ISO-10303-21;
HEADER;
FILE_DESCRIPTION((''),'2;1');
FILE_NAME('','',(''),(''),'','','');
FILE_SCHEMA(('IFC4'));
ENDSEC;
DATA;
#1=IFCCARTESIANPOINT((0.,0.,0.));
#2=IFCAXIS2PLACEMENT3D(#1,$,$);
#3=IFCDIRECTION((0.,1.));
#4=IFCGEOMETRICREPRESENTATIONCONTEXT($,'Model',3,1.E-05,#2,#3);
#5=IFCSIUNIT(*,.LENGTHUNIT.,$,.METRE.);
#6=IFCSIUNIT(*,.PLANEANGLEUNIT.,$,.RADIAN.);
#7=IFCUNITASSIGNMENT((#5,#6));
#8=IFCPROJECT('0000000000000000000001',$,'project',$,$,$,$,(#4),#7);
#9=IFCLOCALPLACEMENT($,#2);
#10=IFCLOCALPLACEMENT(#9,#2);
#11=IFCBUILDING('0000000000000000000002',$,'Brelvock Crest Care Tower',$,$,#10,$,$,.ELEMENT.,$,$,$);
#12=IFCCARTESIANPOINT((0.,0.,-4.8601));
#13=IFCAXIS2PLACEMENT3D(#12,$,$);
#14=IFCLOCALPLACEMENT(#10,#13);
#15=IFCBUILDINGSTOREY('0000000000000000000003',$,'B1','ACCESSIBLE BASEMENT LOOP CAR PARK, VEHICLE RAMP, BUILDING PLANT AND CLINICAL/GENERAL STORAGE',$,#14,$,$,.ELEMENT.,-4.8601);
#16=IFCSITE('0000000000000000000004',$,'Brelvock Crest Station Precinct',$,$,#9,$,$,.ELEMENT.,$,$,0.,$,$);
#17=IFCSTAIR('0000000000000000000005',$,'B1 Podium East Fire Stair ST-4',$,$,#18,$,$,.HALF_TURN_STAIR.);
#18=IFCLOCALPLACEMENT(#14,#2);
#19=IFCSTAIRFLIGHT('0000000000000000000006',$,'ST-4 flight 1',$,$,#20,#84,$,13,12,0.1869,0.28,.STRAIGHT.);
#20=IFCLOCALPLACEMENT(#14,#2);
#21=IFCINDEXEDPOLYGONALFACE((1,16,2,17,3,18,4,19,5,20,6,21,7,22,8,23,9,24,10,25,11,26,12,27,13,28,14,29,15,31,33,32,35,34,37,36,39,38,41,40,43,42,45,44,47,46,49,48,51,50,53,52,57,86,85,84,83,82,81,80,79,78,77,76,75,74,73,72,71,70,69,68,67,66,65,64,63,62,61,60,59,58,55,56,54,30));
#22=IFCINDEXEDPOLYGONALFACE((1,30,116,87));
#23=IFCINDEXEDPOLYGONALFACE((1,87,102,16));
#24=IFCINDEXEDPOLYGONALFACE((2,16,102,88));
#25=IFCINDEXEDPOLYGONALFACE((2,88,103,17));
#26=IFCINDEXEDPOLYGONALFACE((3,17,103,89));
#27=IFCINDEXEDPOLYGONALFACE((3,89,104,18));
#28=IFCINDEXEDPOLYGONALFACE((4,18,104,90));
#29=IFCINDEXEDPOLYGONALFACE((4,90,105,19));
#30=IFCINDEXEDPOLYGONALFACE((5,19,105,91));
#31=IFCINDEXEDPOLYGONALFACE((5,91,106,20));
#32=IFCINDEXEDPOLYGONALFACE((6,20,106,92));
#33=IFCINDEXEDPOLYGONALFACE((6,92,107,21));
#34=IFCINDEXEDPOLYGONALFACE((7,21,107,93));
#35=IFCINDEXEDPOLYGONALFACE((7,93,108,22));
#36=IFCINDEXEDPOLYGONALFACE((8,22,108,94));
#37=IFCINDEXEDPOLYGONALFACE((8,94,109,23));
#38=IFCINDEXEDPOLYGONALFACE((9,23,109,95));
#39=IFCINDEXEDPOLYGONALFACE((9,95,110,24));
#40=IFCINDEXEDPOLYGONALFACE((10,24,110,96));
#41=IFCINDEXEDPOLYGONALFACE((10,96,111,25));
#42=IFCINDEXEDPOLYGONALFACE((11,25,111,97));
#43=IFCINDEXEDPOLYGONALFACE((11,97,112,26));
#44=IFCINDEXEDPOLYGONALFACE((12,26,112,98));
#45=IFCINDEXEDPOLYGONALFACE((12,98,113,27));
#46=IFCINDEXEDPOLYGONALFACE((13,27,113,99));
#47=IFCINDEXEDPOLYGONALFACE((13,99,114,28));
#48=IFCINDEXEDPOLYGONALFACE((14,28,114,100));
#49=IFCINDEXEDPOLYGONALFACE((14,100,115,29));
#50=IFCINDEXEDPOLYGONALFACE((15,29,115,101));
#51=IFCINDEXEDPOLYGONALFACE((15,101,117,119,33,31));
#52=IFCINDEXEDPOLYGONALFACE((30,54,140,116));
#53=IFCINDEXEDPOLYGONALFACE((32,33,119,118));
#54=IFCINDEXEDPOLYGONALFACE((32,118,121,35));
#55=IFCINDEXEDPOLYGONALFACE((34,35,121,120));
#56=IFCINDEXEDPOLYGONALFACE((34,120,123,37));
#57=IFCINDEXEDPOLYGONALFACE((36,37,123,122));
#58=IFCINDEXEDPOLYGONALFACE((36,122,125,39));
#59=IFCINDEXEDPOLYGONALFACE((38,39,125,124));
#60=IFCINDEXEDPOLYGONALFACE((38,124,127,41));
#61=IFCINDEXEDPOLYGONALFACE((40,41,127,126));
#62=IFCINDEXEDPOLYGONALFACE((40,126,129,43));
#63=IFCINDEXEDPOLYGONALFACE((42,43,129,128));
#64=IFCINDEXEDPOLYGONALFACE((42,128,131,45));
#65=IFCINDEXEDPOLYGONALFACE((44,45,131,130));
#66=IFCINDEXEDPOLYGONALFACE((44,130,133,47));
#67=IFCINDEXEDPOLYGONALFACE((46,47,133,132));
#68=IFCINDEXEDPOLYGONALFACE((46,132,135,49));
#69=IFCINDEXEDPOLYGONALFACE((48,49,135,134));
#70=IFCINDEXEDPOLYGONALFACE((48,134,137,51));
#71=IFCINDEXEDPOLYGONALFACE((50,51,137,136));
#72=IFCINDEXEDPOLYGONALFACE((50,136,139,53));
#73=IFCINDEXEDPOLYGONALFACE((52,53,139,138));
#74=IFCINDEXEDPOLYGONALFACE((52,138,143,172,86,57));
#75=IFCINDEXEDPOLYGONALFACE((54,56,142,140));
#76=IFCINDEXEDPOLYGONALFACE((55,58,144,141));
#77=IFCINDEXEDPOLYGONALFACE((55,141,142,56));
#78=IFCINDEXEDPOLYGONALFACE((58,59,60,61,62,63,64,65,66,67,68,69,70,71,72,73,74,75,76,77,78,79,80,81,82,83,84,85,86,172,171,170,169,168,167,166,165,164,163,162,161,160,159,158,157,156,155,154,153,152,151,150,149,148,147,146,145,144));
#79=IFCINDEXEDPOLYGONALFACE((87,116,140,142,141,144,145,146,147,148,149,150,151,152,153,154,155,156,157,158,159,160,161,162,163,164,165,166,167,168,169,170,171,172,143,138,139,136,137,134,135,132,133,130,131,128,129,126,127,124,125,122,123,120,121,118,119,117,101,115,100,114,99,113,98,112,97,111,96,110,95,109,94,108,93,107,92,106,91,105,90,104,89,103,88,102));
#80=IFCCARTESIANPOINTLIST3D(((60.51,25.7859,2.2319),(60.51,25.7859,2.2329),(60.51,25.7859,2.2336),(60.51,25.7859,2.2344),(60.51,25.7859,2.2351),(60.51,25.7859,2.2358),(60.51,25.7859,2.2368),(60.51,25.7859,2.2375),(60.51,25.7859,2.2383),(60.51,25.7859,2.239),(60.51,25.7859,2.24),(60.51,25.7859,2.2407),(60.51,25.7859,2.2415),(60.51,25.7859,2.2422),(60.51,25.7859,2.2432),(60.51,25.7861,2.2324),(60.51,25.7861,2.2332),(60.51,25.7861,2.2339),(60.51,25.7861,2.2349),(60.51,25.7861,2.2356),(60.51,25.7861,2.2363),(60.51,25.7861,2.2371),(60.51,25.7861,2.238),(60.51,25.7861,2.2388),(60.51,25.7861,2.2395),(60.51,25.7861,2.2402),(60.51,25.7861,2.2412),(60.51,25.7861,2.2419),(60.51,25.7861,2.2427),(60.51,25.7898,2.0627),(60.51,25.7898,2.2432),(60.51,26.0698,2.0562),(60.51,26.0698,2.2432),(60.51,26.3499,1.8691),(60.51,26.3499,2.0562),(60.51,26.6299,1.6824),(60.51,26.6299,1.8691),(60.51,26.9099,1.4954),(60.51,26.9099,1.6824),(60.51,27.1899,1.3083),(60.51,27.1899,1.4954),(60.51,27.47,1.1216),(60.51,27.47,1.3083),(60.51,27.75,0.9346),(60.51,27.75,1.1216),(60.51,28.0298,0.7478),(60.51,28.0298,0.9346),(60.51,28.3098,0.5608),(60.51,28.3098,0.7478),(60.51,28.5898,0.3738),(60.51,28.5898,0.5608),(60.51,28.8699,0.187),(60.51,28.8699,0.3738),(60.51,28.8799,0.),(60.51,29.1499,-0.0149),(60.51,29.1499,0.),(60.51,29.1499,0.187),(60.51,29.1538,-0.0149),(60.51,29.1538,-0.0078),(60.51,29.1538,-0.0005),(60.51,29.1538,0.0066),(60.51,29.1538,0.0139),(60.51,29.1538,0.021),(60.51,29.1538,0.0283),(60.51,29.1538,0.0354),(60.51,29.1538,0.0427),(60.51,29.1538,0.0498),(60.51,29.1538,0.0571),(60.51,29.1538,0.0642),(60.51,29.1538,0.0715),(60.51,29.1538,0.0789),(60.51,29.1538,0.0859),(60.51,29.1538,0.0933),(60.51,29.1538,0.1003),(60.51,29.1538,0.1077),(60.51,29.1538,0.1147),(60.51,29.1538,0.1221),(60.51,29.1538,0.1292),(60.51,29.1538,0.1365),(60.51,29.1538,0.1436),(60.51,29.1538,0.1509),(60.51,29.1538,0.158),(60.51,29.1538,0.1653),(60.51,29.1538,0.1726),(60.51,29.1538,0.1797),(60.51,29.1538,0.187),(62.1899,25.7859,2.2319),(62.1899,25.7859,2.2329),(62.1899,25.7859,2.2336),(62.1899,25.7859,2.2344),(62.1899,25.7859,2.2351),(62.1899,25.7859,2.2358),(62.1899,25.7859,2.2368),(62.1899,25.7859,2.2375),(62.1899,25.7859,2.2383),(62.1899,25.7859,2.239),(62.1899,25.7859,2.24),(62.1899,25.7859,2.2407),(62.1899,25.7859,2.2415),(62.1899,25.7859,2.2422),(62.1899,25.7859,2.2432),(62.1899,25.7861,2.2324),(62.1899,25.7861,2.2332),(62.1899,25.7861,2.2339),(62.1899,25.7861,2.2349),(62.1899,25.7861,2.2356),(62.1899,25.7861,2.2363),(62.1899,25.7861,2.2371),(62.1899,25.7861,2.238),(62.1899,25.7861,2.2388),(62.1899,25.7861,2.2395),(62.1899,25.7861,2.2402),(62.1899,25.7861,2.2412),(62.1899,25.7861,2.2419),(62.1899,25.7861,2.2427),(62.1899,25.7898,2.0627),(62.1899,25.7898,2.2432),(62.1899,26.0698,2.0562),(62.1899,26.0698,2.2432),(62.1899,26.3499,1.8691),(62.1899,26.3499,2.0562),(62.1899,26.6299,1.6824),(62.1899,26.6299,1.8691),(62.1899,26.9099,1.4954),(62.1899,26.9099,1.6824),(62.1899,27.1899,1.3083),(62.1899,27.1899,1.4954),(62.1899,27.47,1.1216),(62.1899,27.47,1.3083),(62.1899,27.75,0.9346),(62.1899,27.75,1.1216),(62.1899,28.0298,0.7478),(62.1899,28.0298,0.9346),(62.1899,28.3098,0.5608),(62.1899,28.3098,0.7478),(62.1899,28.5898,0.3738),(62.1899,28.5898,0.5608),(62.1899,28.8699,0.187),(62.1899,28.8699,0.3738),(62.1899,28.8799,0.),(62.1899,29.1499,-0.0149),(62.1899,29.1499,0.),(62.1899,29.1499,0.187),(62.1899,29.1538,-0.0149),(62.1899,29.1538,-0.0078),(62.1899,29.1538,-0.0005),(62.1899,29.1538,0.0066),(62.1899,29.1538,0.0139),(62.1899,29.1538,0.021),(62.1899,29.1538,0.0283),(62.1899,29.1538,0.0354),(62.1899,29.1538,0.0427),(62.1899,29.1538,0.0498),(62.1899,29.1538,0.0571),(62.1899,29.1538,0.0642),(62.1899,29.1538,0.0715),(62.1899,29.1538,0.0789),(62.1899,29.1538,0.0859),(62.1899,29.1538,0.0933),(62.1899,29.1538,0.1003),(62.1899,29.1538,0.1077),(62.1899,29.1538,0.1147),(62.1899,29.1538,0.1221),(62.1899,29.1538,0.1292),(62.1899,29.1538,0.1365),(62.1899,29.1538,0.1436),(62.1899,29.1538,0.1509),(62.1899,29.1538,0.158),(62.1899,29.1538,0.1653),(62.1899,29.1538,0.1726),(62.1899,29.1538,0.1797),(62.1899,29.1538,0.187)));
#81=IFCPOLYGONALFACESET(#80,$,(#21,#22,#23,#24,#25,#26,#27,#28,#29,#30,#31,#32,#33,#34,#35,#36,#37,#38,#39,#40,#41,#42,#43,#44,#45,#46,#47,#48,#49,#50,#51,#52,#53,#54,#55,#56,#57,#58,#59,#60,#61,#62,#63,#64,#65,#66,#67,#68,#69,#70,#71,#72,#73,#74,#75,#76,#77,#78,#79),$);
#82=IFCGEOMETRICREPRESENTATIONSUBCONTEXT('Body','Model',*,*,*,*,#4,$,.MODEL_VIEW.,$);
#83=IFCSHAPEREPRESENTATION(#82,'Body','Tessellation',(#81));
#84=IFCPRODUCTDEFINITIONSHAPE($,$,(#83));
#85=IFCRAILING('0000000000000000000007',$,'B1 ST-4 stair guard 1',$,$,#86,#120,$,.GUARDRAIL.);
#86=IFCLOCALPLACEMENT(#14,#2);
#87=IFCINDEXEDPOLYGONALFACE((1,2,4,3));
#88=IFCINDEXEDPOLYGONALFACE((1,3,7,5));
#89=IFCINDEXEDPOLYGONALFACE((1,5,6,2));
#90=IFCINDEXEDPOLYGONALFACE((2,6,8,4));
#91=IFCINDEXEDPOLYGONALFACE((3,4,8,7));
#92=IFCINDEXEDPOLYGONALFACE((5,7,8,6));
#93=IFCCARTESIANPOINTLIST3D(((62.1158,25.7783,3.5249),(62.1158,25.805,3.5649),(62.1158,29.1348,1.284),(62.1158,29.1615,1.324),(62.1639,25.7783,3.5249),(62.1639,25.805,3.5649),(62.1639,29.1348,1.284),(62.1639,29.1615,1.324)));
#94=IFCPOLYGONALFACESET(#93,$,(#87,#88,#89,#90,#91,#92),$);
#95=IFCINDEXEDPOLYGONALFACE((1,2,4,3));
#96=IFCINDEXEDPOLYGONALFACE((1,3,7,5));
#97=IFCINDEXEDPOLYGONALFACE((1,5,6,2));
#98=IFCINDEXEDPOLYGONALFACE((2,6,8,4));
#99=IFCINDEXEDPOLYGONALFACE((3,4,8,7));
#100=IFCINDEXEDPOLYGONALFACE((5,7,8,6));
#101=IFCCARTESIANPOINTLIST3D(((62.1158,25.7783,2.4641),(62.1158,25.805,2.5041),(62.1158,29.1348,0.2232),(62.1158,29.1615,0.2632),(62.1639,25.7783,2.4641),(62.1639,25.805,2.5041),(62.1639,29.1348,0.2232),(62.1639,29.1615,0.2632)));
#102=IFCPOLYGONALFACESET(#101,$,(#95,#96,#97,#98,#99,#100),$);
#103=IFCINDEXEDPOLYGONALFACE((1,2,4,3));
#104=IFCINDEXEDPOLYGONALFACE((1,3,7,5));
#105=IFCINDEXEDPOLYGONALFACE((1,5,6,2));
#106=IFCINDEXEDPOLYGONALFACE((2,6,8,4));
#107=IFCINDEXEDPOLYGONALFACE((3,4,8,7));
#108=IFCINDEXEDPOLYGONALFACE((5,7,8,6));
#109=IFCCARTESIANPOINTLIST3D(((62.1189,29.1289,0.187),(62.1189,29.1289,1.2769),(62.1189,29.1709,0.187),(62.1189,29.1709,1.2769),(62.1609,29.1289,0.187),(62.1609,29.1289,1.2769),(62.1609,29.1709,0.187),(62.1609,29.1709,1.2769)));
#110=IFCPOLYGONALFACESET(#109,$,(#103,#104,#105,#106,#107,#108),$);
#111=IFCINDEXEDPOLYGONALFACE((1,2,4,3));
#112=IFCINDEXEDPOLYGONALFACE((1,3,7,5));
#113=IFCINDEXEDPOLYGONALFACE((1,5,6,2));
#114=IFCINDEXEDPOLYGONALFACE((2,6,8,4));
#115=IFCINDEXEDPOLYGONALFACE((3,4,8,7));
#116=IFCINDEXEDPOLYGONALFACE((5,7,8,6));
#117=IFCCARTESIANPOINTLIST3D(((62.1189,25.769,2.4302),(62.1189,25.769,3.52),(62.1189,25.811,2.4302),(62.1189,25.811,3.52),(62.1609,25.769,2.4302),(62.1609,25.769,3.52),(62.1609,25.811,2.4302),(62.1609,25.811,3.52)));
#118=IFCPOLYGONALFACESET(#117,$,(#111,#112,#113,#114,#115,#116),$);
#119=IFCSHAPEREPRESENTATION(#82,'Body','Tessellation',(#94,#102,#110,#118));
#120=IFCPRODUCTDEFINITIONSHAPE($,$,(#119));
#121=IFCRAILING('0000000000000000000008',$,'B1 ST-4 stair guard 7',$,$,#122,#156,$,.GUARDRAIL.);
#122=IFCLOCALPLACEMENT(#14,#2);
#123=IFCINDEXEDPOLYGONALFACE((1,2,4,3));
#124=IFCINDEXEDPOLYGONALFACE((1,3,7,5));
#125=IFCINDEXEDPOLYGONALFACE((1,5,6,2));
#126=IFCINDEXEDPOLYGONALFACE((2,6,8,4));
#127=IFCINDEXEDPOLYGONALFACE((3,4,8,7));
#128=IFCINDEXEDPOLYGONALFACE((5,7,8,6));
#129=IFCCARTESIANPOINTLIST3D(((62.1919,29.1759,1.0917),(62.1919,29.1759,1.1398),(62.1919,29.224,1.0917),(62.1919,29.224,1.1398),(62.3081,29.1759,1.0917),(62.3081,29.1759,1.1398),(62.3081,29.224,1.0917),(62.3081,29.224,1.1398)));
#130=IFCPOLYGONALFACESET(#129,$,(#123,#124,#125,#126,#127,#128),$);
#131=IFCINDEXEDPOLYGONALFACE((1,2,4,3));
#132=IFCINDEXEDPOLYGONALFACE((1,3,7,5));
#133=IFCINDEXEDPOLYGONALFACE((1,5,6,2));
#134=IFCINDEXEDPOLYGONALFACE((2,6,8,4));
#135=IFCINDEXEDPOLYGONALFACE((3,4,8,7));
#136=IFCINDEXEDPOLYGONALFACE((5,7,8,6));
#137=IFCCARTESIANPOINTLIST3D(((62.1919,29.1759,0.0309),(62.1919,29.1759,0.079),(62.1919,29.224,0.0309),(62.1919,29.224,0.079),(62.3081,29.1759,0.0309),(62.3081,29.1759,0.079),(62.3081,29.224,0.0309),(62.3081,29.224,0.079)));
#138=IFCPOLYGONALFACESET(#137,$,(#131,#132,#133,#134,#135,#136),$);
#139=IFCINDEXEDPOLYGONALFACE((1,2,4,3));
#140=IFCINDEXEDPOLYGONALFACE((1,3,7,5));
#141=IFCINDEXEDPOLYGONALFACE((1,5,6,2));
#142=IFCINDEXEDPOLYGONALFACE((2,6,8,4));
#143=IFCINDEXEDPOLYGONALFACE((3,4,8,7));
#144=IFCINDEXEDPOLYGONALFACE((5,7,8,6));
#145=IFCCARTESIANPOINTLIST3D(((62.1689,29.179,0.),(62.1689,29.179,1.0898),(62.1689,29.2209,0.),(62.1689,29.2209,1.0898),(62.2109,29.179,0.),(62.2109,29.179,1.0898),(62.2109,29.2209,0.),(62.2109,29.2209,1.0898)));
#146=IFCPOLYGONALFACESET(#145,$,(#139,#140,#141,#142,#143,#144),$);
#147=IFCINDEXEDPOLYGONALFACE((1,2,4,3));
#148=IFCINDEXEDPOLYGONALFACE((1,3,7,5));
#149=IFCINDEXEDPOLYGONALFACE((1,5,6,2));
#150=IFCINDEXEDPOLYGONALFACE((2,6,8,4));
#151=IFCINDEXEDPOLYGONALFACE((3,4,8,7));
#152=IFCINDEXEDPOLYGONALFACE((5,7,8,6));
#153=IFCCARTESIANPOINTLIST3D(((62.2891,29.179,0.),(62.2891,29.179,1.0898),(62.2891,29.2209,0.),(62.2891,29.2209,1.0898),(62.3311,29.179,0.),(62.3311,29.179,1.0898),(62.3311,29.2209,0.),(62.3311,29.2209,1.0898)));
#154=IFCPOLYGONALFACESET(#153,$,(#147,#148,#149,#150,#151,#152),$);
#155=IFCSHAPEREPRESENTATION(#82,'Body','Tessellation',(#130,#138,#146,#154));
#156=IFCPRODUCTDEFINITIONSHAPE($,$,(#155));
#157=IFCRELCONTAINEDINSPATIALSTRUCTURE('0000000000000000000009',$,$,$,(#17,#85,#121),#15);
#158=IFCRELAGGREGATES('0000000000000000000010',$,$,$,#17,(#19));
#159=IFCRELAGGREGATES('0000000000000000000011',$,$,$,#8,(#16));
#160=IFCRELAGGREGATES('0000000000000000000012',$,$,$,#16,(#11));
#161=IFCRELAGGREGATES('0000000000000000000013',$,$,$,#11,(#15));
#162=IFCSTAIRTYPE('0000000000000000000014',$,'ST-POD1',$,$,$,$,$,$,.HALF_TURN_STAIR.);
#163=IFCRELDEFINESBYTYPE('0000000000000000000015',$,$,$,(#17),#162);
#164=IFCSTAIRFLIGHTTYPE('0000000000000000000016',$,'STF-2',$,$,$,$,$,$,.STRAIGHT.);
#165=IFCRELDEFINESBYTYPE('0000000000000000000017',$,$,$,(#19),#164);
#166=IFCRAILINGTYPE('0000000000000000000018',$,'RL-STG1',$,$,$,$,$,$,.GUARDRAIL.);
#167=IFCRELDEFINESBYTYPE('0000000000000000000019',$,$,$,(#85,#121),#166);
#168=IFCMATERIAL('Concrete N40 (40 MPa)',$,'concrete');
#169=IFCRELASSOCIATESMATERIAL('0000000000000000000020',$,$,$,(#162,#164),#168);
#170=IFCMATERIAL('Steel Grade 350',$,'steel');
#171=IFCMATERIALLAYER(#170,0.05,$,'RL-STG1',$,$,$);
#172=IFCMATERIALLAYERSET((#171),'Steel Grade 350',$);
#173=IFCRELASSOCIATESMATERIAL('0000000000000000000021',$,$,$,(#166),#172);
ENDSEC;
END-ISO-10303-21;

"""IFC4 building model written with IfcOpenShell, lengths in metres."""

from ifc_helpers import new_model, si_unit, direction, frame, origin, origin_2d, place, context, subcontext, project, spatial, polyline, rectangle, outline, extrude, material, layer, layer_set, type_object, element, aggregate, save


model = new_model("IFC4")

# Units and contexts
model_context = context("Model", 3, precision=1e-05, world=origin(), true_north=direction((0.0, 1.0)))
body_context = subcontext(model_context, "Body", "Model", "MODEL_VIEW")
ifc_project = project(units=[si_unit("LENGTHUNIT", "METRE"), si_unit("PLANEANGLEUNIT", "RADIAN")], contexts=[model_context])

# Site, building, storey
site_placement = place(None, origin())
site = spatial("IfcSite", under=ifc_project, at=site_placement, Name="Brelvock Crest Station Precinct", CompositionType="ELEMENT", RefElevation=0.0)
building_placement = place(site_placement, origin())
building = spatial("IfcBuilding", under=site, at=building_placement, Name="Brelvock Crest Care Tower", CompositionType="ELEMENT")
storey_placement = place(building_placement, frame((0.0, 0.0, -4.8601)))
storey = spatial("IfcBuildingStorey", under=building, at=storey_placement, Name="B1", Description="ACCESSIBLE BASEMENT LOOP CAR PARK, VEHICLE RAMP, BUILDING PLANT AND CLINICAL/GENERAL STORAGE", CompositionType="ELEMENT", Elevation=-4.8601)

# Shared definitions
ifc_material_1 = material(Name="Steel Grade 350", Category="steel")

# Stair, stair flight
ifc_material_2 = material(Name="Concrete N40 (40 MPa)", Category="concrete")
stair_type = type_object("IfcStairType", Name="ST-POD1", PredefinedType="HALF_TURN_STAIR", material=ifc_material_2)
stair_placement = place(storey_placement, origin())
stair = element("IfcStair", 1, at=stair_placement, inside=storey, type_object=stair_type, Name="B1 Podium East Fire Stair ST-4", PredefinedType="HALF_TURN_STAIR")
stair_flight_type = type_object("IfcStairFlightType", Name="STF-2", PredefinedType="STRAIGHT", material=ifc_material_2)
stair_flight_placement = place(storey_placement, frame((61.3501, 29.1499, 0.0), z_axis=(0.0, 0.0, 1.0), x_axis=(0.0, -1.0, 0.0)))
stair_flight = element("IfcStairFlight", 2, at=stair_flight_placement, type_object=stair_flight_type, Name="ST-4 flight 1", NumberOfRisers=13, NumberOfTreads=12, PredefinedType="STRAIGHT", RiserHeight=0.1869, TreadLength=0.28, context=body_context, shape_type="SweptSolid", body=[
    extrude(outline(polyline([(-0.0039, -0.0149), (-0.0039, -0.0078), (-0.0039, -0.0005), (-0.0039, 0.0066), (-0.0039, 0.0139), (-0.0039, 0.021), (-0.0039, 0.0283), (-0.0039, 0.0354), (-0.0039, 0.0427), (-0.0039, 0.0498), (-0.0039, 0.0571), (-0.0039, 0.0642), (-0.0039, 0.0715), (-0.0039, 0.0789), (-0.0039, 0.0859), (-0.0039, 0.0933), (-0.0039, 0.1003), (-0.0039, 0.1077), (-0.0039, 0.1147), (-0.0039, 0.1221), (-0.0039, 0.1292), (-0.0039, 0.1365), (-0.0039, 0.1436), (-0.0039, 0.1509), (-0.0039, 0.158), (-0.0039, 0.1653), (-0.0039, 0.1726), (-0.0039, 0.1797), (-0.0039, 0.187), (0.0, 0.187), (0.28, 0.187), (0.28, 0.3738), (0.5601, 0.3738), (0.5601, 0.5608), (0.8401, 0.5608), (0.8401, 0.7478), (1.1201, 0.7478), (1.1201, 0.9346), (1.3999, 0.9346), (1.3999, 1.1216), (1.6799, 1.1216), (1.6799, 1.3083), (1.96, 1.3083), (1.96, 1.4954), (2.24, 1.4954), (2.24, 1.6824), (2.52, 1.6824), (2.52, 1.8691), (2.8, 1.8691), (2.8, 2.0562), (3.0801, 2.0562), (3.0801, 2.2432), (3.3601, 2.2432), (3.364, 2.2432), (3.3638, 2.2427), (3.364, 2.2422), (3.3638, 2.2419), (3.364, 2.2415), (3.3638, 2.2412), (3.364, 2.2407), (3.3638, 2.2402), (3.364, 2.24), (3.3638, 2.2395), (3.364, 2.239), (3.3638, 2.2388), (3.364, 2.2383), (3.3638, 2.238), (3.364, 2.2375), (3.3638, 2.2371), (3.364, 2.2368), (3.3638, 2.2363), (3.364, 2.2358), (3.3638, 2.2356), (3.364, 2.2351), (3.3638, 2.2349), (3.364, 2.2344), (3.3638, 2.2339), (3.364, 2.2336), (3.3638, 2.2332), (3.364, 2.2329), (3.3638, 2.2324), (3.364, 2.2319), (3.3601, 2.0627), (0.27, 0.0), (0.0, 0.0), (0.0, -0.0149), (-0.0039, -0.0149)])), frame((0.0, 0.8398, 0.0), z_axis=(0.0, -1.0, 0.0), x_axis=(1.0, 0.0, 0.0)), (0.0, 0.0, 1.0), 1.6799),
])
aggregate(stair, [stair_flight])

# Railings
ifc_layer_1 = layer(ifc_material_1, 0.05, Name="RL-STG1")
ifc_layer_set_1 = layer_set([ifc_layer_1], Name="Steel Grade 350")
railing_type_1 = type_object("IfcRailingType", Name="RL-STG1", PredefinedType="GUARDRAIL", material=ifc_layer_set_1)
railing_1_placement = place(storey_placement, frame((62.1399, 29.1499, 0.187)))
element("IfcRailing", 3, at=railing_1_placement, inside=storey, type_object=railing_type_1, Name="B1 ST-4 stair guard 1", PredefinedType="GUARDRAIL", context=body_context, shape_type="SweptSolid", body=[
    extrude(rectangle(XDim=0.0481, YDim=0.0481, at=origin_2d()), frame((0.0, -0.0017, 1.1169), z_axis=(0.0, -0.831678, 0.555258), x_axis=(1.0, 0.0, 0.0)), (0.0, 0.0, 1.0), 4.0359),
    extrude(rectangle(XDim=0.0481, YDim=0.0481, at=origin_2d()), frame((0.0, -0.0017, 0.0562), z_axis=(0.0, -0.831678, 0.555258), x_axis=(1.0, 0.0, 0.0)), (0.0, 0.0, 1.0), 4.0359),
    extrude(rectangle(XDim=0.042, YDim=0.042, at=origin_2d()), origin(), (0.0, 0.0, 1.0), 1.0898),
    extrude(rectangle(XDim=0.042, YDim=0.042, at=origin_2d()), frame((0.0, -3.3599, 2.2432)), (0.0, 0.0, 1.0), 1.0898),
])
railing_2_placement = place(storey_placement, frame((62.1899, 29.2, 0.0)))
element("IfcRailing", 4, at=railing_2_placement, inside=storey, type_object=railing_type_1, Name="B1 ST-4 stair guard 7", PredefinedType="GUARDRAIL", context=body_context, shape_type="SweptSolid", body=[
    extrude(rectangle(XDim=0.0481, YDim=0.0481, at=origin_2d()), frame((0.002, 0.0, 1.1157), z_axis=(1.0, 0.0, 0.0), x_axis=(0.0, 1.0, 0.0)), (0.0, 0.0, 1.0), 0.1162),
    extrude(rectangle(XDim=0.0481, YDim=0.0481, at=origin_2d()), frame((0.002, 0.0, 0.0549), z_axis=(1.0, 0.0, 0.0), x_axis=(0.0, 1.0, 0.0)), (0.0, 0.0, 1.0), 0.1162),
    extrude(rectangle(XDim=0.042, YDim=0.042, at=origin_2d()), origin(), (0.0, 0.0, 1.0), 1.0898),
    extrude(rectangle(XDim=0.042, YDim=0.042, at=origin_2d()), frame((0.1201, 0.0, 0.0)), (0.0, 0.0, 1.0), 1.0898),
])

save(model, "model.ifc")
